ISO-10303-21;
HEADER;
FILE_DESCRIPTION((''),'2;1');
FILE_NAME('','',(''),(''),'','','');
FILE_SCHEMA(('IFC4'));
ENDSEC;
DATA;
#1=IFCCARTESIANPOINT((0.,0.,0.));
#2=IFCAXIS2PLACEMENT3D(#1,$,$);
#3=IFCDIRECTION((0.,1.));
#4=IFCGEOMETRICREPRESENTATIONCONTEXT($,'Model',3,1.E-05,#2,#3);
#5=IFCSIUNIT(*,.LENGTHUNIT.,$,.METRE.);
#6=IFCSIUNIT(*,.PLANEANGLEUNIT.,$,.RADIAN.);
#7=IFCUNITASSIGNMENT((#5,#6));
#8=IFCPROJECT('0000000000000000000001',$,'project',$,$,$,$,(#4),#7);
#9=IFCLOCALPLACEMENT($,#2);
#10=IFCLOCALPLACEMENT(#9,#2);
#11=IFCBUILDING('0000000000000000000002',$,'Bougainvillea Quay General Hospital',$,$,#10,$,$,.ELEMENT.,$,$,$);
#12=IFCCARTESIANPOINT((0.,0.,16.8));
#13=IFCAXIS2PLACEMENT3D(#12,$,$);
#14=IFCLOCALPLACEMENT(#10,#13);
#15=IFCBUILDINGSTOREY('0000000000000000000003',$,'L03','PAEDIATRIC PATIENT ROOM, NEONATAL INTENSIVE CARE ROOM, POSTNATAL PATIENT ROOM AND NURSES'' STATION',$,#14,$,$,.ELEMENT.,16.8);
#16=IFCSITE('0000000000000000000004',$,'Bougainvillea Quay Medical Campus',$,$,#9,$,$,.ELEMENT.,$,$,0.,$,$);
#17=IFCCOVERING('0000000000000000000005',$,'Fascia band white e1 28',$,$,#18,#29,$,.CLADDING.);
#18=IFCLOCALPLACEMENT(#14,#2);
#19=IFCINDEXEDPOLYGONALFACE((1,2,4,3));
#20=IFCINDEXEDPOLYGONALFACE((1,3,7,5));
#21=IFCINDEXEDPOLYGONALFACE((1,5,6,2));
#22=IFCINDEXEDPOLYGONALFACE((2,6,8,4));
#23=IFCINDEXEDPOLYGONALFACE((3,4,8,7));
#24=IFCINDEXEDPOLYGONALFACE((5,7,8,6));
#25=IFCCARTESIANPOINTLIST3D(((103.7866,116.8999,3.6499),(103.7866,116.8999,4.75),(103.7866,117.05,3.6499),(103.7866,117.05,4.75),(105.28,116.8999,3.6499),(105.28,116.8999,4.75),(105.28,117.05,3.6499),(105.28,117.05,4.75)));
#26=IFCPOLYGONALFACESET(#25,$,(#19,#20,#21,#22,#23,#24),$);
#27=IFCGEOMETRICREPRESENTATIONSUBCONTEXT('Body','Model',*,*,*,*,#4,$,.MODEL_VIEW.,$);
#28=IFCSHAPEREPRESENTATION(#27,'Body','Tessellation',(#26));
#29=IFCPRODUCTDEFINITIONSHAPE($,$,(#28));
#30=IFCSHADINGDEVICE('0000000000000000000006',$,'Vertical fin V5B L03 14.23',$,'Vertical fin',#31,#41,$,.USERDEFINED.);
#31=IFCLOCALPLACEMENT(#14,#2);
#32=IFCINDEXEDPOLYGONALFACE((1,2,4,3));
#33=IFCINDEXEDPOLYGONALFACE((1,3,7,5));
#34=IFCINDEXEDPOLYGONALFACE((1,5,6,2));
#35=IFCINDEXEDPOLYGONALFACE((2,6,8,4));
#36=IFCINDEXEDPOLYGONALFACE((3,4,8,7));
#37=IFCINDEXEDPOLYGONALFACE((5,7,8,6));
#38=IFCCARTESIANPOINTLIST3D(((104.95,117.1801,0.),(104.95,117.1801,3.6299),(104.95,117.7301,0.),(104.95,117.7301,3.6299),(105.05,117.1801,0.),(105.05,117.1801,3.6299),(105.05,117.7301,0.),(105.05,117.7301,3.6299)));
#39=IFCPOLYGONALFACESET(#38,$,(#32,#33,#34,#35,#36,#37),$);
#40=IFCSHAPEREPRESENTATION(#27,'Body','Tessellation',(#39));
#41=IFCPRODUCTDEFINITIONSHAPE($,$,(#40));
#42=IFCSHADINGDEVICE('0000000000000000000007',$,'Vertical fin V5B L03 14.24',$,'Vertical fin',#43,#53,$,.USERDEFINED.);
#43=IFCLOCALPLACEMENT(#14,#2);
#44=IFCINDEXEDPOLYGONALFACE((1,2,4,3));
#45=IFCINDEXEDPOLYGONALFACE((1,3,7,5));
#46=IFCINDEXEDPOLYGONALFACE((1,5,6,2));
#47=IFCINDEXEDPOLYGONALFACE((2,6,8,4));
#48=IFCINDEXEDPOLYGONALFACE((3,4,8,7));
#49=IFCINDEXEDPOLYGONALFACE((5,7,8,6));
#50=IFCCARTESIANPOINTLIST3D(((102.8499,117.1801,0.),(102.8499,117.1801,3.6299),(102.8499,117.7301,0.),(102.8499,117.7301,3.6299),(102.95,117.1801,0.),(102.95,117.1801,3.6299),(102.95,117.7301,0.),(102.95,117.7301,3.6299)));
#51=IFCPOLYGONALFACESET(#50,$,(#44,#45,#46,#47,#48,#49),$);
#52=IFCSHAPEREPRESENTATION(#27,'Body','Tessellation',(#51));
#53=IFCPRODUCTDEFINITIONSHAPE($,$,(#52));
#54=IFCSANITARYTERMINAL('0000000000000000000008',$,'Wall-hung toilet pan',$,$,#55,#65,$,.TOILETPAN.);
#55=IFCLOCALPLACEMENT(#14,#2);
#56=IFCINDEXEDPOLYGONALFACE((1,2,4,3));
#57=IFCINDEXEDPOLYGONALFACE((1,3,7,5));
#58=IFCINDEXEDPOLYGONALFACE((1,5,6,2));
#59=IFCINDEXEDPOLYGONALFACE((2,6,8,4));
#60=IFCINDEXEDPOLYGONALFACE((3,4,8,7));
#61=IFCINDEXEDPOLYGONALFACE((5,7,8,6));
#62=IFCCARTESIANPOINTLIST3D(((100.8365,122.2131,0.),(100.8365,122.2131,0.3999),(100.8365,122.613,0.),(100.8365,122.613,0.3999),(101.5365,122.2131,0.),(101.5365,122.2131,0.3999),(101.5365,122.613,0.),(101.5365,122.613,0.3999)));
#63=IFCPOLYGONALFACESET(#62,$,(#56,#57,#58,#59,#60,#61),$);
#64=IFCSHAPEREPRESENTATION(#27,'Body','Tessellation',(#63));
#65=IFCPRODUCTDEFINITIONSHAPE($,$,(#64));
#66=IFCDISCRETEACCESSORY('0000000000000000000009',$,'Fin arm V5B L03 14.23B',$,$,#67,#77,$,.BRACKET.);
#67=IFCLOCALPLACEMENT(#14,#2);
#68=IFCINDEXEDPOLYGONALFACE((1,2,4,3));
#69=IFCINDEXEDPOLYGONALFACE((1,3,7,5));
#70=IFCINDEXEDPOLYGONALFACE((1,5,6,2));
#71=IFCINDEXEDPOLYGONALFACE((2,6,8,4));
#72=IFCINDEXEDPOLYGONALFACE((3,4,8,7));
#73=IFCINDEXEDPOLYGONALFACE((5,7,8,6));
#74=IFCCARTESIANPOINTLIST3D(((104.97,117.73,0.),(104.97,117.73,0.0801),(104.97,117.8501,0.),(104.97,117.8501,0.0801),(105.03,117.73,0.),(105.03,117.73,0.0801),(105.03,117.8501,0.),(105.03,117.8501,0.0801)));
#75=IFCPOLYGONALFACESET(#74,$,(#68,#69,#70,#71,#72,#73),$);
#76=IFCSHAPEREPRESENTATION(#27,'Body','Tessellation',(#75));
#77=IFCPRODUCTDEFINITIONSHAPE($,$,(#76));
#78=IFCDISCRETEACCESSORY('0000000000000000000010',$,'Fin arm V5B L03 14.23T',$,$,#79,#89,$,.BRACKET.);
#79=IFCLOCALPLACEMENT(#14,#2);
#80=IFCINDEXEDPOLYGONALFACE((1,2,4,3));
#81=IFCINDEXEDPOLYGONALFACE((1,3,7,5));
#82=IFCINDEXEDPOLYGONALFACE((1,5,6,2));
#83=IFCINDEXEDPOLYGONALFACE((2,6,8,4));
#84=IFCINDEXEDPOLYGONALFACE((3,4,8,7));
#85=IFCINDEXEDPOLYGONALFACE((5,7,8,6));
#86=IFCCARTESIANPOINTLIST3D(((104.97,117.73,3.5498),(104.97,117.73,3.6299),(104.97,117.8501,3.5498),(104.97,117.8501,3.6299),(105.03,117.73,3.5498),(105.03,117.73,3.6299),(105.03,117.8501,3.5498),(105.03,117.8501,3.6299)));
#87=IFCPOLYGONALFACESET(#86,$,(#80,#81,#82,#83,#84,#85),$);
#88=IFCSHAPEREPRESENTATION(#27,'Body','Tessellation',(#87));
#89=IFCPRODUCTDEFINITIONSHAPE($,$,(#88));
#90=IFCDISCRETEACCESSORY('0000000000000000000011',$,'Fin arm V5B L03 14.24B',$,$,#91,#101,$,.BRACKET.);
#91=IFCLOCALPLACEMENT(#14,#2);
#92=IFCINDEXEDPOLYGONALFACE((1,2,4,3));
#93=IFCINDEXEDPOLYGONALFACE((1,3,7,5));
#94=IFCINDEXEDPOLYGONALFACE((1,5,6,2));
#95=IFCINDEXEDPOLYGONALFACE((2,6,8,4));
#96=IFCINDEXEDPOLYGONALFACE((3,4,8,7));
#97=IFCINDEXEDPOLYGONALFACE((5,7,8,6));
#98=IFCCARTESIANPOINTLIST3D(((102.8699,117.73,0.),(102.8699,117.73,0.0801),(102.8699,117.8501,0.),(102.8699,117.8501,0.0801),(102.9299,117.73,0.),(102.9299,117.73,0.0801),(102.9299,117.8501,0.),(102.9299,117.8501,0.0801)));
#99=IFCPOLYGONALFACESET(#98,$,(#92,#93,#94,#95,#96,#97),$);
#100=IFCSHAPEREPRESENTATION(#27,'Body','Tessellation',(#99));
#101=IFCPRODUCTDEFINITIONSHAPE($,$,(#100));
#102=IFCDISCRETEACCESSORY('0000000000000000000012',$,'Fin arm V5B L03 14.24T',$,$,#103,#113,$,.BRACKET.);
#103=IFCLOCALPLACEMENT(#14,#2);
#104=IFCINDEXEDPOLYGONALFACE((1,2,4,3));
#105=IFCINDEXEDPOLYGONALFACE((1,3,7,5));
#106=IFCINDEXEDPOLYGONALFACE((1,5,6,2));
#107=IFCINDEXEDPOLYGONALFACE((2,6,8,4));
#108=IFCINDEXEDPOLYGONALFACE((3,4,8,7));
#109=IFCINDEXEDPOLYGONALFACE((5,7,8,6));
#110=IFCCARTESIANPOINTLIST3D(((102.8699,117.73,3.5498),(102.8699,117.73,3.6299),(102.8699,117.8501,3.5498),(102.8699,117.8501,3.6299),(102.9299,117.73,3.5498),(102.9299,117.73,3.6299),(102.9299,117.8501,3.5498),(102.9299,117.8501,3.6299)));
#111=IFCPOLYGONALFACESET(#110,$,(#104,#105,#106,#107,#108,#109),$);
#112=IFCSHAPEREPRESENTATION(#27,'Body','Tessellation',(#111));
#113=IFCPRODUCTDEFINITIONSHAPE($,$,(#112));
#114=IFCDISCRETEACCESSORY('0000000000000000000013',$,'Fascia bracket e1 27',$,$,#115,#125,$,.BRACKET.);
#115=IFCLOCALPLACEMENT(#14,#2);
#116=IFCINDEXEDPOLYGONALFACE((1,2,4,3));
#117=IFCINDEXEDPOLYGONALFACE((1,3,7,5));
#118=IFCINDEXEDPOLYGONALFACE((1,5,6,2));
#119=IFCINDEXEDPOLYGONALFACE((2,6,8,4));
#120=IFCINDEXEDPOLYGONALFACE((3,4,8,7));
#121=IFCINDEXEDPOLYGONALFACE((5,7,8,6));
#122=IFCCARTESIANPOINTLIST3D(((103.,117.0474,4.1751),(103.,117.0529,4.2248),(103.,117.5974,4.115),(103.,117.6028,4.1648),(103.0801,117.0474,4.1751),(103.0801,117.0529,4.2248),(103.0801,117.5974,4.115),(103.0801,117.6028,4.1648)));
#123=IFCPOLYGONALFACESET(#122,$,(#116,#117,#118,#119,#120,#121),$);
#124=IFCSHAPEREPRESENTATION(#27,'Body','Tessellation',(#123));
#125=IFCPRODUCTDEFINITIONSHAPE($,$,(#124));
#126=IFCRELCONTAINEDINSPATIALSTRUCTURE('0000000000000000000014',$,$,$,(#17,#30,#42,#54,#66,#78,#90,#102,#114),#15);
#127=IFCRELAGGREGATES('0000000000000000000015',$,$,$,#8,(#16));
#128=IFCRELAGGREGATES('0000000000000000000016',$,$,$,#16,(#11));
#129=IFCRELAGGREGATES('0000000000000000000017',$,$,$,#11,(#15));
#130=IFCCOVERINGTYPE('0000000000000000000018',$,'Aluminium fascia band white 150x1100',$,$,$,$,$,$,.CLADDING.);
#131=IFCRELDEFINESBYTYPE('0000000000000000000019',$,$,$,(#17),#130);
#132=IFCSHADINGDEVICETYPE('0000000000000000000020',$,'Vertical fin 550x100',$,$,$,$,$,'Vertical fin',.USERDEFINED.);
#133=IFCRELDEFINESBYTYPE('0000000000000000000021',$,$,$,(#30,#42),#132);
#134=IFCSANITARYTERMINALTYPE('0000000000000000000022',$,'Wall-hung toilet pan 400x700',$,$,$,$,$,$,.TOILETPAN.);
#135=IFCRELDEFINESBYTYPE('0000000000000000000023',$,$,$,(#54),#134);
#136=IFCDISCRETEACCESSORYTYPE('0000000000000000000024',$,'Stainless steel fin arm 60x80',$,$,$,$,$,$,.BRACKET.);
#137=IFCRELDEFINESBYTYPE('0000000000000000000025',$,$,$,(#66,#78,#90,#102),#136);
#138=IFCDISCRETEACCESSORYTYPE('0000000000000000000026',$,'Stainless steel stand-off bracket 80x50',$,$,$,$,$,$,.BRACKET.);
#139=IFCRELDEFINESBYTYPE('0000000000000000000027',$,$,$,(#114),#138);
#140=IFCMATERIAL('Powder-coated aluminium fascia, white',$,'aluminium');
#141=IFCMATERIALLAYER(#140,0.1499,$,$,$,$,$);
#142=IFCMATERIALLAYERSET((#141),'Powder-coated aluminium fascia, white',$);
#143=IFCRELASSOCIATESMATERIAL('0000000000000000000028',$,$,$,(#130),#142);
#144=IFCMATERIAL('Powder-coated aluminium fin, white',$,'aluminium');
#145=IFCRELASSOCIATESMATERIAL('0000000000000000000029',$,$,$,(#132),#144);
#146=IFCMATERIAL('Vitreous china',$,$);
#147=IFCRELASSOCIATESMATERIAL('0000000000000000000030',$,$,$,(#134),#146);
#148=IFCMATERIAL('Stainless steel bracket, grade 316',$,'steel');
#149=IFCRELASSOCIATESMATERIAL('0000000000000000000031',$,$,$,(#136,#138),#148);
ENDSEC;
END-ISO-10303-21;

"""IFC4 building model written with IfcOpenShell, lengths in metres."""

from ifc_helpers import new_model, si_unit, direction, frame, origin, origin_2d, place, context, subcontext, project, spatial, polyline, rectangle, outline, extrude, material, layer, layer_set, material_profile, profile_set, type_object, element, save


model = new_model("IFC4")

# Units and contexts
model_context = context("Model", 3, precision=1e-05, world=origin(), true_north=direction((0.0, 1.0)))
body_context = subcontext(model_context, "Body", "Model", "MODEL_VIEW")
ifc_project = project(units=[si_unit("LENGTHUNIT", "METRE"), si_unit("PLANEANGLEUNIT", "RADIAN")], contexts=[model_context])

# Site, building, storey
site_placement = place(None, origin())
site = spatial("IfcSite", under=ifc_project, at=site_placement, Name="Bougainvillea Quay Medical Campus", CompositionType="ELEMENT", RefElevation=0.0)
building_placement = place(site_placement, origin())
building = spatial("IfcBuilding", under=site, at=building_placement, Name="Bougainvillea Quay General Hospital", CompositionType="ELEMENT")
storey_placement = place(building_placement, frame((0.0, 0.0, 16.8)))
storey = spatial("IfcBuildingStorey", under=building, at=storey_placement, Name="L03", Description="PAEDIATRIC PATIENT ROOM, NEONATAL INTENSIVE CARE ROOM, POSTNATAL PATIENT ROOM AND NURSES' STATION", CompositionType="ELEMENT", Elevation=16.8)

# Covering
ifc_material_1 = material(Name="Powder-coated aluminium fascia, white", Category="aluminium")
ifc_layer_1 = layer(ifc_material_1, 0.1499)
ifc_layer_set_1 = layer_set([ifc_layer_1], Name="Powder-coated aluminium fascia, white")
covering_type = type_object("IfcCoveringType", Name="Aluminium fascia band white 150x1100", PredefinedType="CLADDING", material=ifc_layer_set_1)
for number, where, z_axis, x_axis, name in (
    (1, (103.7866, 117.05, 3.6499), (0.0, 0.0, 1.0), (1.0, 0.0, 0.0), "Fascia band white e1 28"),
):
    element("IfcCovering", number, at=place(storey_placement, frame(where, z_axis=z_axis, x_axis=x_axis)), inside=storey, type_object=covering_type, Name=name, PredefinedType="CLADDING", context=body_context, shape_type="SweptSolid", body=[
        extrude(outline(polyline([(0.0, 0.0), (1.4934, 0.0), (1.4934, -0.1501), (0.0, -0.1501), (0.0, 0.0)])), origin(), (0.0, 0.0, 1.0), 1.1001),
    ])

# Shading devices
ifc_material_2 = material(Name="Powder-coated aluminium fin, white", Category="aluminium")
ifc_material_profile_1 = material_profile(ifc_material_2, rectangle(XDim=0.55, YDim=0.1001, at=origin_2d()))
ifc_profile_set_1 = profile_set([ifc_material_profile_1], Name="Powder-coated aluminium fin, white")
shading_device_type = type_object("IfcShadingDeviceType", Name="Vertical fin 550x100", ElementType="Vertical fin", PredefinedType="USERDEFINED", material=ifc_profile_set_1)
for number, where, z_axis, x_axis, name in (
    (2, (105.0, 117.4551, 0.0), (0.0, 0.0, 1.0), (0.0, -1.0, 0.0), "Vertical fin V5B L03 14.23"),
    (3, (102.8999, 117.4551, 0.0), (0.0, 0.0, 1.0), (0.0, -1.0, 0.0), "Vertical fin V5B L03 14.24"),
):
    element("IfcShadingDevice", number, at=place(storey_placement, frame(where, z_axis=z_axis, x_axis=x_axis)), inside=storey, type_object=shading_device_type, Name=name, ObjectType="Vertical fin", PredefinedType="USERDEFINED", context=body_context, shape_type="SweptSolid", body=[
        extrude(rectangle(XDim=0.55, YDim=0.1001, at=origin_2d()), origin(), (0.0, 0.0, 1.0), 3.6299),
    ])

# Sanitary terminal
ifc_material_3 = material(Name="Vitreous china")
sanitary_terminal_type = type_object("IfcSanitaryTerminalType", Name="Wall-hung toilet pan 400x700", PredefinedType="TOILETPAN", material=ifc_material_3)
sanitary_terminal_placement = place(storey_placement, frame((101.1865, 122.4131, 0.0), z_axis=(0.0, 0.0, 1.0), x_axis=(0.0, 1.0, 0.0)))
element("IfcSanitaryTerminal", 4, at=sanitary_terminal_placement, inside=storey, type_object=sanitary_terminal_type, Name="Wall-hung toilet pan", PredefinedType="TOILETPAN", context=body_context, shape_type="SweptSolid", body=[
    extrude(rectangle(XDim=0.3999, YDim=0.7, at=origin_2d()), origin(), (0.0, 0.0, 1.0), 0.3999),
])

# Discrete accessories
ifc_material_4 = material(Name="Stainless steel bracket, grade 316", Category="steel")
discrete_accessory_type_1 = type_object("IfcDiscreteAccessoryType", Name="Stainless steel fin arm 60x80", PredefinedType="BRACKET", material=ifc_material_4)
for number, where, z_axis, x_axis, name in (
    (5, (105.0, 117.79, 0.0), (0.0, 0.0, 1.0), (0.0, -1.0, 0.0), "Fin arm V5B L03 14.23B"),
    (6, (105.0, 117.79, 3.5498), (0.0, 0.0, 1.0), (0.0, -1.0, 0.0), "Fin arm V5B L03 14.23T"),
    (7, (102.8999, 117.79, 0.0), (0.0, 0.0, 1.0), (0.0, -1.0, 0.0), "Fin arm V5B L03 14.24B"),
    (8, (102.8999, 117.79, 3.5498), (0.0, 0.0, 1.0), (0.0, -1.0, 0.0), "Fin arm V5B L03 14.24T"),
):
    element("IfcDiscreteAccessory", number, at=place(storey_placement, frame(where, z_axis=z_axis, x_axis=x_axis)), inside=storey, type_object=discrete_accessory_type_1, Name=name, PredefinedType="BRACKET", context=body_context, shape_type="SweptSolid", body=[
        extrude(rectangle(XDim=0.1201, YDim=0.0601, at=origin_2d()), origin(), (0.0, 0.0, 1.0), 0.0801),
    ])
ifc_material_profile_2 = material_profile(ifc_material_4, rectangle(XDim=0.0801, YDim=0.05, at=origin_2d()))
ifc_profile_set_2 = profile_set([ifc_material_profile_2], Name="Stainless steel bracket, grade 316")
discrete_accessory_type_2 = type_object("IfcDiscreteAccessoryType", Name="Stainless steel stand-off bracket 80x50", PredefinedType="BRACKET", material=ifc_profile_set_2)
discrete_accessory_placement = place(storey_placement, frame((103.04, 117.6001, 4.1399), z_axis=(0.0, -0.994092, 0.108543), x_axis=(1.0, 0.0, 0.0)))
element("IfcDiscreteAccessory", 9, at=discrete_accessory_placement, inside=storey, type_object=discrete_accessory_type_2, Name="Fascia bracket e1 27", PredefinedType="BRACKET", context=body_context, shape_type="SweptSolid", body=[
    extrude(rectangle(XDim=0.0801, YDim=0.05, at=origin_2d()), origin(), (0.0, 0.0, 1.0), 0.5532),
])

save(model, "model.ifc")
